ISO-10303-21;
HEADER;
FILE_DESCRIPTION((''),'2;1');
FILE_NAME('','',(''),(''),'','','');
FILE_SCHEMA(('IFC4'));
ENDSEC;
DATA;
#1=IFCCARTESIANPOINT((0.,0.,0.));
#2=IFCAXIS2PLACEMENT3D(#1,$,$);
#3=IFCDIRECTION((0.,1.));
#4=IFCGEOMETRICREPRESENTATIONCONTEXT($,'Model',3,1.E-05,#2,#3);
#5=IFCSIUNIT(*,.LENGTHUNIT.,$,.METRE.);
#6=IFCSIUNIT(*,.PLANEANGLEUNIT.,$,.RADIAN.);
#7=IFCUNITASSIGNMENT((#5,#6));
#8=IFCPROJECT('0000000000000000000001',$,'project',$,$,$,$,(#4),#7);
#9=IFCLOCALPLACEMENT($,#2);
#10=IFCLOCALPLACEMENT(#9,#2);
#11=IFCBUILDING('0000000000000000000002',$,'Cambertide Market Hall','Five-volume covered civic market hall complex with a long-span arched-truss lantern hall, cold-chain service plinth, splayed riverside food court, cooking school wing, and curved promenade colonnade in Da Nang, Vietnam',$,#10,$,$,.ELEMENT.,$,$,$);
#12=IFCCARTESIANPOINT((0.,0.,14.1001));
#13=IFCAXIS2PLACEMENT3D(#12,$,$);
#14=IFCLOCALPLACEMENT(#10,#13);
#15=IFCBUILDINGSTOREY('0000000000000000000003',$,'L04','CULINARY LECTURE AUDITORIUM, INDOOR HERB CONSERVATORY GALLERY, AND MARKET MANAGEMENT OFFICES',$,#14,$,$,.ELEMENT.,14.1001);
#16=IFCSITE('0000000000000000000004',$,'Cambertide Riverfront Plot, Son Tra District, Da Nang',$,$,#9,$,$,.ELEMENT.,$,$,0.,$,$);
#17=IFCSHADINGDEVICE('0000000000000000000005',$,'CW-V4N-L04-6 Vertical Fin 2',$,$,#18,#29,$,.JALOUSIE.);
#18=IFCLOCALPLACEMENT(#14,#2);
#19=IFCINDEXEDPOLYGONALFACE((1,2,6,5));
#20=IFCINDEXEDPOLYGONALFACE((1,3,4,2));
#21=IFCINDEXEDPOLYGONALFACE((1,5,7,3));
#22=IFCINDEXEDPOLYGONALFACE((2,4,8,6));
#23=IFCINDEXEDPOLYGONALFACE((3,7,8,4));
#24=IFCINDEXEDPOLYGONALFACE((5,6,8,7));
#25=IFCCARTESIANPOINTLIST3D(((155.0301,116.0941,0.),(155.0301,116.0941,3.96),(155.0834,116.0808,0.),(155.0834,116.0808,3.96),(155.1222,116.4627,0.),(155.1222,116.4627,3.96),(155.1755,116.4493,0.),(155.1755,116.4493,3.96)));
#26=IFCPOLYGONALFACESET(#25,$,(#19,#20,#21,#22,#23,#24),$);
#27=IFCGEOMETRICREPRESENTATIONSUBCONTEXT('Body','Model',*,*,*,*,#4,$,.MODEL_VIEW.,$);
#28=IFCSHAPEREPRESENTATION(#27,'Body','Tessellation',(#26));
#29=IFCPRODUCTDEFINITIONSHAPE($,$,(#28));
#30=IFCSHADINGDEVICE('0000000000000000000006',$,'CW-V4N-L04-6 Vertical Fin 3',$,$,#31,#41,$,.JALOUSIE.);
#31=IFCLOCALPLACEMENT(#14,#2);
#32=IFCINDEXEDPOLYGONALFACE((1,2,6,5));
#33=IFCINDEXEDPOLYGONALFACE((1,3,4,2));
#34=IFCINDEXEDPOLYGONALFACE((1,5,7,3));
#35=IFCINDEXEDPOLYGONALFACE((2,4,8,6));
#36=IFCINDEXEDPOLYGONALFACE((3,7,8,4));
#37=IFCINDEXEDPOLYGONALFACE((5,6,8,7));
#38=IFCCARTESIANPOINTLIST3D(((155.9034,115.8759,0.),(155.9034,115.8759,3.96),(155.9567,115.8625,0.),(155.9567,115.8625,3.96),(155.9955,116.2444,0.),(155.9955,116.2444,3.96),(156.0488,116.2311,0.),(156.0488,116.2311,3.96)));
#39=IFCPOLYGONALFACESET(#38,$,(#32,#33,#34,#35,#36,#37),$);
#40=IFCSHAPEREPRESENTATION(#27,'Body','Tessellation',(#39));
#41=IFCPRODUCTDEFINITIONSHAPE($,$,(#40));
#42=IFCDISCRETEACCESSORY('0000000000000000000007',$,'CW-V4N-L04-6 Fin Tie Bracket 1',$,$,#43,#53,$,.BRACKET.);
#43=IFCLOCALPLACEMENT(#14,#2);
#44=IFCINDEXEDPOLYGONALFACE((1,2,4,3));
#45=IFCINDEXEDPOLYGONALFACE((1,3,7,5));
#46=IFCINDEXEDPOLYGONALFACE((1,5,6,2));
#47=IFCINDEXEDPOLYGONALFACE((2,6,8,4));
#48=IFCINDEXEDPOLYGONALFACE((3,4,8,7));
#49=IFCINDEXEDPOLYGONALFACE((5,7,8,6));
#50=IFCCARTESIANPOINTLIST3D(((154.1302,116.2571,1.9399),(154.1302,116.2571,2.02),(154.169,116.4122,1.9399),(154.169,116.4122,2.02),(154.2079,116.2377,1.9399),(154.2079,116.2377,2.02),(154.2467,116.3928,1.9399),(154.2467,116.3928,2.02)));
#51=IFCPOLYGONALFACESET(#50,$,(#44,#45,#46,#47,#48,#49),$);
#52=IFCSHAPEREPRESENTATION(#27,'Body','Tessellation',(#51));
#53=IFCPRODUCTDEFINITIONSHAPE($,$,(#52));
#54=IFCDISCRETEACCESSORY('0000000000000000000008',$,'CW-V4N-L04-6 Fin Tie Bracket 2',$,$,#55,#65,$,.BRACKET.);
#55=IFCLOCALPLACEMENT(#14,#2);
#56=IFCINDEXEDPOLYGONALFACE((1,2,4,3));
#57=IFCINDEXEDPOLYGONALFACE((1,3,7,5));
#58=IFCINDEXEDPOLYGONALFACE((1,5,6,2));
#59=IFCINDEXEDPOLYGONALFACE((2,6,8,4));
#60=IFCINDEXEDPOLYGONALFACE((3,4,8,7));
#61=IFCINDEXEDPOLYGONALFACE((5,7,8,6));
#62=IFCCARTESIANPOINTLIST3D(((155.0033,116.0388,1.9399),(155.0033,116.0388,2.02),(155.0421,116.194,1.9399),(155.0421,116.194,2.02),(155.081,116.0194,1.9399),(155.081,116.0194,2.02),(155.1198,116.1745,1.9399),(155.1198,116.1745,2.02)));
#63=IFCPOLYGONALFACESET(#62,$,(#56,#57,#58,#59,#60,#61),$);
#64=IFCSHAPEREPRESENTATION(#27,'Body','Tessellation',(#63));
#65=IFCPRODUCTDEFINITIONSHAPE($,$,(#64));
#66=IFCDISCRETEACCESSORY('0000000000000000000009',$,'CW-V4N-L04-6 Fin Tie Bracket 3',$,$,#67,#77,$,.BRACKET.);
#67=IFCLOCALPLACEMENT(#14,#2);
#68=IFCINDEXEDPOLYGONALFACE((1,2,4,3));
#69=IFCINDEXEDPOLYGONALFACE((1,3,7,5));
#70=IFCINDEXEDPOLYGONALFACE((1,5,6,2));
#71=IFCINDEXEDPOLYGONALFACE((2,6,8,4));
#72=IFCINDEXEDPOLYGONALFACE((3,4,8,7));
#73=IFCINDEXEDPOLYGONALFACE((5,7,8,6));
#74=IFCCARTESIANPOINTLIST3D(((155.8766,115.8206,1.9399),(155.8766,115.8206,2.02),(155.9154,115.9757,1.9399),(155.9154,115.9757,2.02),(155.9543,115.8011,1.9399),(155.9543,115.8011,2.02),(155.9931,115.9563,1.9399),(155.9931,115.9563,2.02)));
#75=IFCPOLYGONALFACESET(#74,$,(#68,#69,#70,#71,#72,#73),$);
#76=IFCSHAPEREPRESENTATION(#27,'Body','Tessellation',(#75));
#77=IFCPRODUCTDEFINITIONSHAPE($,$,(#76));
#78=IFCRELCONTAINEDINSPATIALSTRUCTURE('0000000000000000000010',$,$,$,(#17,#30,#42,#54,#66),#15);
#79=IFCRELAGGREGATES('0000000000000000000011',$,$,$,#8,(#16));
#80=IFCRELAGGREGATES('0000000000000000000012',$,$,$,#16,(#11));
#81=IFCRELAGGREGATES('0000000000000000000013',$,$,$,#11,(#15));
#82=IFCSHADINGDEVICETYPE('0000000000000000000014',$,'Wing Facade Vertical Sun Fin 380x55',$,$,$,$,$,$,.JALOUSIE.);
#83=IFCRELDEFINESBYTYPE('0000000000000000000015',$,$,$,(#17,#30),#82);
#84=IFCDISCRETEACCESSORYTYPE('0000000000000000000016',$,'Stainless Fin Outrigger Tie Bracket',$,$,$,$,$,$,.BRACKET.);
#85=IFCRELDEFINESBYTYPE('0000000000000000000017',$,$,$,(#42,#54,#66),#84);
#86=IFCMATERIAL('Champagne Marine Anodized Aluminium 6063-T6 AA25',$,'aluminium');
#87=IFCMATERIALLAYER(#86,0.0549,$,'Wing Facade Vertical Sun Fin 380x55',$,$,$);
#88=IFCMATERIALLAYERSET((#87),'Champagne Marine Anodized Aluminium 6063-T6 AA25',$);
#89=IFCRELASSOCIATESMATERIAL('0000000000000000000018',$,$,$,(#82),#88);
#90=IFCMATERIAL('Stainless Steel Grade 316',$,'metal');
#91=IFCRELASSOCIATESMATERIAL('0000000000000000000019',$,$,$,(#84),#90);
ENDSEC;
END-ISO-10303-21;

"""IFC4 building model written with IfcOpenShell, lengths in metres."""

from ifc_helpers import new_model, si_unit, direction, frame, origin, origin_2d, place, context, subcontext, project, spatial, rectangle, extrude, material, layer, layer_set, type_object, element, save


model = new_model("IFC4")

# Units and contexts
model_context = context("Model", 3, precision=1e-05, world=origin(), true_north=direction((0.0, 1.0)))
body_context = subcontext(model_context, "Body", "Model", "MODEL_VIEW")
ifc_project = project(units=[si_unit("LENGTHUNIT", "METRE"), si_unit("PLANEANGLEUNIT", "RADIAN")], contexts=[model_context])

# Site, building, storey
site_placement = place(None, origin())
site = spatial("IfcSite", under=ifc_project, at=site_placement, Name="Cambertide Riverfront Plot, Son Tra District, Da Nang", CompositionType="ELEMENT", RefElevation=0.0)
building_placement = place(site_placement, origin())
building = spatial("IfcBuilding", under=site, at=building_placement, Name="Cambertide Market Hall", Description="Five-volume covered civic market hall complex with a long-span arched-truss lantern hall, cold-chain service plinth, splayed riverside food court, cooking school wing, and curved promenade colonnade in Da Nang, Vietnam", CompositionType="ELEMENT")
storey_placement = place(building_placement, frame((0.0, 0.0, 14.1001)))
storey = spatial("IfcBuildingStorey", under=building, at=storey_placement, Name="L04", Description="CULINARY LECTURE AUDITORIUM, INDOOR HERB CONSERVATORY GALLERY, AND MARKET MANAGEMENT OFFICES", CompositionType="ELEMENT", Elevation=14.1001)

# Shading devices
ifc_material_1 = material(Name="Champagne Marine Anodized Aluminium 6063-T6 AA25", Category="aluminium")
ifc_layer_1 = layer(ifc_material_1, 0.0549, Name="Wing Facade Vertical Sun Fin 380x55")
ifc_layer_set_1 = layer_set([ifc_layer_1], Name="Champagne Marine Anodized Aluminium 6063-T6 AA25")
shading_device_type = type_object("IfcShadingDeviceType", Name="Wing Facade Vertical Sun Fin 380x55", PredefinedType="JALOUSIE", material=ifc_layer_set_1)
for number, where, z_axis, x_axis, name in (
    (1, (155.1028, 116.2717, 0.0), (0.0, 0.0, 1.0), (0.970143, -0.242536, 0.0), "CW-V4N-L04-6 Vertical Fin 2"),
    (2, (155.9761, 116.0535, 0.0), (0.0, 0.0, 1.0), (0.970143, -0.242536, 0.0), "CW-V4N-L04-6 Vertical Fin 3"),
):
    element("IfcShadingDevice", number, at=place(storey_placement, frame(where, z_axis=z_axis, x_axis=x_axis)), inside=storey, type_object=shading_device_type, Name=name, PredefinedType="JALOUSIE", context=body_context, shape_type="SweptSolid", body=[
        extrude(rectangle(XDim=0.0549, YDim=0.3799, at=origin_2d()), origin(), (0.0, 0.0, 1.0), 3.96),
    ])

# Discrete accessories
ifc_material_2 = material(Name="Stainless Steel Grade 316", Category="metal")
discrete_accessory_type = type_object("IfcDiscreteAccessoryType", Name="Stainless Fin Outrigger Tie Bracket", PredefinedType="BRACKET", material=ifc_material_2)
for number, where, z_axis, x_axis, name in (
    (3, (154.1885, 116.325, 1.9399), (0.0, 0.0, 1.0), (0.970143, -0.242536, 0.0), "CW-V4N-L04-6 Fin Tie Bracket 1"),
    (4, (155.0615, 116.1067, 1.9399), (0.0, 0.0, 1.0), (0.970143, -0.242536, 0.0), "CW-V4N-L04-6 Fin Tie Bracket 2"),
    (5, (155.9348, 115.8884, 1.9399), (0.0, 0.0, 1.0), (0.970143, -0.242536, 0.0), "CW-V4N-L04-6 Fin Tie Bracket 3"),
):
    element("IfcDiscreteAccessory", number, at=place(storey_placement, frame(where, z_axis=z_axis, x_axis=x_axis)), inside=storey, type_object=discrete_accessory_type, Name=name, PredefinedType="BRACKET", context=body_context, shape_type="SweptSolid", body=[
        extrude(rectangle(XDim=0.0801, YDim=0.1599, at=origin_2d()), origin(), (0.0, 0.0, 1.0), 0.0801),
    ])

save(model, "model.ifc")
